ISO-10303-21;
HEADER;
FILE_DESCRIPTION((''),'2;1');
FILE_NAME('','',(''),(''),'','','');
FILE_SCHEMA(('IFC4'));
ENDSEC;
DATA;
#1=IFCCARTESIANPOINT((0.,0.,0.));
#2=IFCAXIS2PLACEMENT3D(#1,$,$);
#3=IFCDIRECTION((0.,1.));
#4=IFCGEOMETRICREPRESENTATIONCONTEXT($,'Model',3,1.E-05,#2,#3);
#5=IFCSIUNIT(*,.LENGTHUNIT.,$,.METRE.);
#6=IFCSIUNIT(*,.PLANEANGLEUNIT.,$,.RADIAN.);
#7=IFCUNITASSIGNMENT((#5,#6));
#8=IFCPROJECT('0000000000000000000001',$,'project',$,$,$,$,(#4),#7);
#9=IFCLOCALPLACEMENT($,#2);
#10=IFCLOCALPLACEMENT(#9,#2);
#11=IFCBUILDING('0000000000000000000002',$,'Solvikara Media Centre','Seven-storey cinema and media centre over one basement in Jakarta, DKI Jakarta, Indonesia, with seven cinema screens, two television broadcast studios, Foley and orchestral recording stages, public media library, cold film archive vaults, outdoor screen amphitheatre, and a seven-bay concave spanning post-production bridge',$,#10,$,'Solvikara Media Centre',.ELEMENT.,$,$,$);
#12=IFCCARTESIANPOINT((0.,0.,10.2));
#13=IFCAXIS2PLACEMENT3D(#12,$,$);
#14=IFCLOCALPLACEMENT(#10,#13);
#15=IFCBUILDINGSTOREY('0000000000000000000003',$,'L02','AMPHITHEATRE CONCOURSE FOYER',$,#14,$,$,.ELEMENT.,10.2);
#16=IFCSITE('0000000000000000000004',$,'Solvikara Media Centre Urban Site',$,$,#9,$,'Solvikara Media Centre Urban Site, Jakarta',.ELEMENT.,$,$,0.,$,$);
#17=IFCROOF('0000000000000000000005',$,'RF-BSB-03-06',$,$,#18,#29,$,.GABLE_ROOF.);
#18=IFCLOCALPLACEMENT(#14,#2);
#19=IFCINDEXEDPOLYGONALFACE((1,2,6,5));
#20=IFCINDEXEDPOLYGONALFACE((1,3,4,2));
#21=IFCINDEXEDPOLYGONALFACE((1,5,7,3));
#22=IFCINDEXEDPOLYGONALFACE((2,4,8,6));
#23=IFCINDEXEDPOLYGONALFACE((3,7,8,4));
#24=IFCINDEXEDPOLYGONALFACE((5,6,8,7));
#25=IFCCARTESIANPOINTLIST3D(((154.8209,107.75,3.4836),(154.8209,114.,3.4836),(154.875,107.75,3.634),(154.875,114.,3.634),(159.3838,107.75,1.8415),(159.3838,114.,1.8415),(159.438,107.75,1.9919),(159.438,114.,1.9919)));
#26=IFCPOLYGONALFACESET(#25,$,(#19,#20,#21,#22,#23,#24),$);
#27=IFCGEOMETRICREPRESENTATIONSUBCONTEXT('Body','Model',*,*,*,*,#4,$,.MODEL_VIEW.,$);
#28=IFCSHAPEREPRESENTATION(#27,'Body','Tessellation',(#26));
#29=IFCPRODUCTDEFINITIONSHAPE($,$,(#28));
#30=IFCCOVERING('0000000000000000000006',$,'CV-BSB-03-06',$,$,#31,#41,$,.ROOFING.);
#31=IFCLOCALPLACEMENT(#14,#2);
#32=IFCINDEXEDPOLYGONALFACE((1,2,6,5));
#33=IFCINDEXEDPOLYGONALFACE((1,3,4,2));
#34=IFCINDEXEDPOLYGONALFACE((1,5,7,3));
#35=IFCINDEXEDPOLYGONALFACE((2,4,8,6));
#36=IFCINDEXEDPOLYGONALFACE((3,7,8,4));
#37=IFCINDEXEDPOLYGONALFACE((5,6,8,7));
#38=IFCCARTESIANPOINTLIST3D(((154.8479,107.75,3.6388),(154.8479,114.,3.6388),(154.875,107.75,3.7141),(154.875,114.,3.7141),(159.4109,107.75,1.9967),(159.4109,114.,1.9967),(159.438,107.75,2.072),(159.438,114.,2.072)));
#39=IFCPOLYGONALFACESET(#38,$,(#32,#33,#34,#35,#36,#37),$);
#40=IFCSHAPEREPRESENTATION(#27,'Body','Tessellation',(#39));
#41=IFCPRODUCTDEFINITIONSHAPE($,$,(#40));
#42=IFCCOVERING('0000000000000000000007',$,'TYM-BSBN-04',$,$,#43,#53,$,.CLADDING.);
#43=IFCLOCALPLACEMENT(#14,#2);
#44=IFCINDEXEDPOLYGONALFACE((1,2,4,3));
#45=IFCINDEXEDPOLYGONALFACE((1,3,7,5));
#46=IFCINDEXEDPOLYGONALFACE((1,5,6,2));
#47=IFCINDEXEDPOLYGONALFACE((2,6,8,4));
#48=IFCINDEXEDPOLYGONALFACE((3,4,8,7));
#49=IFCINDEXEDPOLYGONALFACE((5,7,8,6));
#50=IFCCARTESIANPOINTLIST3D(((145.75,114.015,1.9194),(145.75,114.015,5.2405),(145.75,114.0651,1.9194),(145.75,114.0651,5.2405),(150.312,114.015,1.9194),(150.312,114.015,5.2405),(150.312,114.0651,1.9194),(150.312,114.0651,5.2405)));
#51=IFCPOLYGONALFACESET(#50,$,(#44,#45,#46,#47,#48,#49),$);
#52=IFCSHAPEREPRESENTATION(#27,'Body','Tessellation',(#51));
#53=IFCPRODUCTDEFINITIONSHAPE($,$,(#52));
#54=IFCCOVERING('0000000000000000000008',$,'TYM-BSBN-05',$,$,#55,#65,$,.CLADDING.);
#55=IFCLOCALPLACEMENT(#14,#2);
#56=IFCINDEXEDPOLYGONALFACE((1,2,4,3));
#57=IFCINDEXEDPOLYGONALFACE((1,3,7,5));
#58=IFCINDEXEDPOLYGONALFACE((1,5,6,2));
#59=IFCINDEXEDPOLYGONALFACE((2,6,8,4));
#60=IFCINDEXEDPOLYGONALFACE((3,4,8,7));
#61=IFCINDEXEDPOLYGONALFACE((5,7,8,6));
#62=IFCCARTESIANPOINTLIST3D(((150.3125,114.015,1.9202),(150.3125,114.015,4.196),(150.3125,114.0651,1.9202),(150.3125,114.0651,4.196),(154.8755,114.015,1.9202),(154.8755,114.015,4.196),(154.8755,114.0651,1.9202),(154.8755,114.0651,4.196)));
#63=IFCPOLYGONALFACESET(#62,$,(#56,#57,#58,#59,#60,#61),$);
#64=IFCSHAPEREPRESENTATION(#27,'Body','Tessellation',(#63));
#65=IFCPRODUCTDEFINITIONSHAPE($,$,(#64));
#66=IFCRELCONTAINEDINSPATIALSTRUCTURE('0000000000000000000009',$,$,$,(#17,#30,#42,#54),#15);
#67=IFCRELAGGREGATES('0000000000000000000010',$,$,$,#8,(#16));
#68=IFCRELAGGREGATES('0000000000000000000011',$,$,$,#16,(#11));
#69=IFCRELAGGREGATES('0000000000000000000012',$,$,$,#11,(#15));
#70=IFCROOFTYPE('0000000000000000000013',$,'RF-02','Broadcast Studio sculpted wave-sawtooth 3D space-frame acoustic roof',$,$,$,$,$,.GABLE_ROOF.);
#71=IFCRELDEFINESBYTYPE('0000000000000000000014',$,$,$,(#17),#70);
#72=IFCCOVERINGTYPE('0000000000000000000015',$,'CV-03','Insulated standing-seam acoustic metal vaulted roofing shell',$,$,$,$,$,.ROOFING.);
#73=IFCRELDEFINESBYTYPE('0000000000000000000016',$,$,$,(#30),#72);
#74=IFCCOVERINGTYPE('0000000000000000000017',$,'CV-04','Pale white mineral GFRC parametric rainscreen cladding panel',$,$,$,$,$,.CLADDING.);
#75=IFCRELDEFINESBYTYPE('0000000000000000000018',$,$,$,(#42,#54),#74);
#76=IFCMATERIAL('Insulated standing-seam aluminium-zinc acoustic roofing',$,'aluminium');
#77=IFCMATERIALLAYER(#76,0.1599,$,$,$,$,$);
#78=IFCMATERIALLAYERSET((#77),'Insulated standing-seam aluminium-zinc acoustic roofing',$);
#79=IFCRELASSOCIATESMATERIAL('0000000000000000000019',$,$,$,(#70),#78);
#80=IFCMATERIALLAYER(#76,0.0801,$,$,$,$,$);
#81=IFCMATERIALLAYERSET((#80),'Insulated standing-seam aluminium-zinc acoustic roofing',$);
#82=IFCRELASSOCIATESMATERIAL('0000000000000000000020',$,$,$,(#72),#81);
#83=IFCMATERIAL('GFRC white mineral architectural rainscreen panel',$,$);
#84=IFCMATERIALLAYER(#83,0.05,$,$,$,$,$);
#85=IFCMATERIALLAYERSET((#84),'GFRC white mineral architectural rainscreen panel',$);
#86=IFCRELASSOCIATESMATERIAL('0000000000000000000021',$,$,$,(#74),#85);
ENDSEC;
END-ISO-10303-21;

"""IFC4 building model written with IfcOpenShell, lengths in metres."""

from ifc_helpers import new_model, si_unit, direction, frame, origin, origin_2d, place, context, subcontext, project, spatial, polyline, rectangle, outline, extrude, material, layer, layer_set, type_object, element, save


model = new_model("IFC4")

# Units and contexts
model_context = context("Model", 3, precision=1e-05, world=origin(), true_north=direction((0.0, 1.0)))
body_context = subcontext(model_context, "Body", "Model", "MODEL_VIEW")
ifc_project = project(units=[si_unit("LENGTHUNIT", "METRE"), si_unit("PLANEANGLEUNIT", "RADIAN")], contexts=[model_context])

# Site, building, storey
site_placement = place(None, origin())
site = spatial("IfcSite", under=ifc_project, at=site_placement, Name="Solvikara Media Centre Urban Site", LongName="Solvikara Media Centre Urban Site, Jakarta", CompositionType="ELEMENT", RefElevation=0.0)
building_placement = place(site_placement, origin())
building = spatial("IfcBuilding", under=site, at=building_placement, Name="Solvikara Media Centre", Description="Seven-storey cinema and media centre over one basement in Jakarta, DKI Jakarta, Indonesia, with seven cinema screens, two television broadcast studios, Foley and orchestral recording stages, public media library, cold film archive vaults, outdoor screen amphitheatre, and a seven-bay concave spanning post-production bridge", LongName="Solvikara Media Centre", CompositionType="ELEMENT")
storey_placement = place(building_placement, frame((0.0, 0.0, 10.2)))
storey = spatial("IfcBuildingStorey", under=building, at=storey_placement, Name="L02", Description="AMPHITHEATRE CONCOURSE FOYER", CompositionType="ELEMENT", Elevation=10.2)

# Roof
ifc_material_1 = material(Name="Insulated standing-seam aluminium-zinc acoustic roofing", Category="aluminium")
ifc_layer_1 = layer(ifc_material_1, 0.1599)
ifc_layer_set_1 = layer_set([ifc_layer_1], Name="Insulated standing-seam aluminium-zinc acoustic roofing")
roof_type = type_object("IfcRoofType", Name="RF-02", Description="Broadcast Studio sculpted wave-sawtooth 3D space-frame acoustic roof", PredefinedType="GABLE_ROOF", material=ifc_layer_set_1)
roof_placement = place(storey_placement, frame((154.875, 107.75, 3.634), z_axis=(0.338613, 0.0, 0.940926), x_axis=(0.940926, 0.0, -0.338613)))
element("IfcRoof", 1, at=roof_placement, inside=storey, type_object=roof_type, Name="RF-BSB-03-06", PredefinedType="GABLE_ROOF", context=body_context, shape_type="SweptSolid", body=[
    extrude(outline(polyline([(0.0, 0.0), (4.8495, 0.0), (4.8495, 6.25), (0.0, 6.25), (0.0, 0.0)])), origin(), (0.0, 0.0, -1.0), 0.1599),
])

# Coverings
ifc_layer_2 = layer(ifc_material_1, 0.0801)
ifc_layer_set_2 = layer_set([ifc_layer_2], Name="Insulated standing-seam aluminium-zinc acoustic roofing")
covering_type_1 = type_object("IfcCoveringType", Name="CV-03", Description="Insulated standing-seam acoustic metal vaulted roofing shell", PredefinedType="ROOFING", material=ifc_layer_set_2)
covering_1_placement = place(storey_placement, frame((154.875, 107.75, 3.7141), z_axis=(0.338613, 0.0, 0.940926), x_axis=(0.940926, 0.0, -0.338613)))
element("IfcCovering", 2, at=covering_1_placement, inside=storey, type_object=covering_type_1, Name="CV-BSB-03-06", PredefinedType="ROOFING", context=body_context, shape_type="SweptSolid", body=[
    extrude(outline(polyline([(0.0, 0.0), (4.8495, 0.0), (4.8495, 6.25), (0.0, 6.25), (0.0, 0.0)])), origin(), (0.0, 0.0, -1.0), 0.0801),
])
ifc_material_2 = material(Name="GFRC white mineral architectural rainscreen panel")
ifc_layer_3 = layer(ifc_material_2, 0.05)
ifc_layer_set_3 = layer_set([ifc_layer_3], Name="GFRC white mineral architectural rainscreen panel")
covering_type_2 = type_object("IfcCoveringType", Name="CV-04", Description="Pale white mineral GFRC parametric rainscreen cladding panel", PredefinedType="CLADDING", material=ifc_layer_set_3)
covering_2_placement = place(storey_placement, frame((148.031, 114.04, 1.9194), z_axis=(0.0, 0.0, 1.0), x_axis=(1.0, 0.0, 0.0)))
element("IfcCovering", 3, at=covering_2_placement, inside=storey, type_object=covering_type_2, Name="TYM-BSBN-04", PredefinedType="CLADDING", context=body_context, shape_type="SweptSolid", body=[
    extrude(rectangle(XDim=4.562, YDim=0.05, at=origin_2d()), origin(), (0.0, 0.0, 1.0), 3.321),
])
covering_3_placement = place(storey_placement, frame((152.594, 114.04, 1.9202), z_axis=(0.0, 0.0, 1.0), x_axis=(1.0, 0.0, 0.0)))
element("IfcCovering", 4, at=covering_3_placement, inside=storey, type_object=covering_type_2, Name="TYM-BSBN-05", PredefinedType="CLADDING", context=body_context, shape_type="SweptSolid", body=[
    extrude(rectangle(XDim=4.563, YDim=0.05, at=origin_2d()), origin(), (0.0, 0.0, 1.0), 2.2759),
])

save(model, "model.ifc")
